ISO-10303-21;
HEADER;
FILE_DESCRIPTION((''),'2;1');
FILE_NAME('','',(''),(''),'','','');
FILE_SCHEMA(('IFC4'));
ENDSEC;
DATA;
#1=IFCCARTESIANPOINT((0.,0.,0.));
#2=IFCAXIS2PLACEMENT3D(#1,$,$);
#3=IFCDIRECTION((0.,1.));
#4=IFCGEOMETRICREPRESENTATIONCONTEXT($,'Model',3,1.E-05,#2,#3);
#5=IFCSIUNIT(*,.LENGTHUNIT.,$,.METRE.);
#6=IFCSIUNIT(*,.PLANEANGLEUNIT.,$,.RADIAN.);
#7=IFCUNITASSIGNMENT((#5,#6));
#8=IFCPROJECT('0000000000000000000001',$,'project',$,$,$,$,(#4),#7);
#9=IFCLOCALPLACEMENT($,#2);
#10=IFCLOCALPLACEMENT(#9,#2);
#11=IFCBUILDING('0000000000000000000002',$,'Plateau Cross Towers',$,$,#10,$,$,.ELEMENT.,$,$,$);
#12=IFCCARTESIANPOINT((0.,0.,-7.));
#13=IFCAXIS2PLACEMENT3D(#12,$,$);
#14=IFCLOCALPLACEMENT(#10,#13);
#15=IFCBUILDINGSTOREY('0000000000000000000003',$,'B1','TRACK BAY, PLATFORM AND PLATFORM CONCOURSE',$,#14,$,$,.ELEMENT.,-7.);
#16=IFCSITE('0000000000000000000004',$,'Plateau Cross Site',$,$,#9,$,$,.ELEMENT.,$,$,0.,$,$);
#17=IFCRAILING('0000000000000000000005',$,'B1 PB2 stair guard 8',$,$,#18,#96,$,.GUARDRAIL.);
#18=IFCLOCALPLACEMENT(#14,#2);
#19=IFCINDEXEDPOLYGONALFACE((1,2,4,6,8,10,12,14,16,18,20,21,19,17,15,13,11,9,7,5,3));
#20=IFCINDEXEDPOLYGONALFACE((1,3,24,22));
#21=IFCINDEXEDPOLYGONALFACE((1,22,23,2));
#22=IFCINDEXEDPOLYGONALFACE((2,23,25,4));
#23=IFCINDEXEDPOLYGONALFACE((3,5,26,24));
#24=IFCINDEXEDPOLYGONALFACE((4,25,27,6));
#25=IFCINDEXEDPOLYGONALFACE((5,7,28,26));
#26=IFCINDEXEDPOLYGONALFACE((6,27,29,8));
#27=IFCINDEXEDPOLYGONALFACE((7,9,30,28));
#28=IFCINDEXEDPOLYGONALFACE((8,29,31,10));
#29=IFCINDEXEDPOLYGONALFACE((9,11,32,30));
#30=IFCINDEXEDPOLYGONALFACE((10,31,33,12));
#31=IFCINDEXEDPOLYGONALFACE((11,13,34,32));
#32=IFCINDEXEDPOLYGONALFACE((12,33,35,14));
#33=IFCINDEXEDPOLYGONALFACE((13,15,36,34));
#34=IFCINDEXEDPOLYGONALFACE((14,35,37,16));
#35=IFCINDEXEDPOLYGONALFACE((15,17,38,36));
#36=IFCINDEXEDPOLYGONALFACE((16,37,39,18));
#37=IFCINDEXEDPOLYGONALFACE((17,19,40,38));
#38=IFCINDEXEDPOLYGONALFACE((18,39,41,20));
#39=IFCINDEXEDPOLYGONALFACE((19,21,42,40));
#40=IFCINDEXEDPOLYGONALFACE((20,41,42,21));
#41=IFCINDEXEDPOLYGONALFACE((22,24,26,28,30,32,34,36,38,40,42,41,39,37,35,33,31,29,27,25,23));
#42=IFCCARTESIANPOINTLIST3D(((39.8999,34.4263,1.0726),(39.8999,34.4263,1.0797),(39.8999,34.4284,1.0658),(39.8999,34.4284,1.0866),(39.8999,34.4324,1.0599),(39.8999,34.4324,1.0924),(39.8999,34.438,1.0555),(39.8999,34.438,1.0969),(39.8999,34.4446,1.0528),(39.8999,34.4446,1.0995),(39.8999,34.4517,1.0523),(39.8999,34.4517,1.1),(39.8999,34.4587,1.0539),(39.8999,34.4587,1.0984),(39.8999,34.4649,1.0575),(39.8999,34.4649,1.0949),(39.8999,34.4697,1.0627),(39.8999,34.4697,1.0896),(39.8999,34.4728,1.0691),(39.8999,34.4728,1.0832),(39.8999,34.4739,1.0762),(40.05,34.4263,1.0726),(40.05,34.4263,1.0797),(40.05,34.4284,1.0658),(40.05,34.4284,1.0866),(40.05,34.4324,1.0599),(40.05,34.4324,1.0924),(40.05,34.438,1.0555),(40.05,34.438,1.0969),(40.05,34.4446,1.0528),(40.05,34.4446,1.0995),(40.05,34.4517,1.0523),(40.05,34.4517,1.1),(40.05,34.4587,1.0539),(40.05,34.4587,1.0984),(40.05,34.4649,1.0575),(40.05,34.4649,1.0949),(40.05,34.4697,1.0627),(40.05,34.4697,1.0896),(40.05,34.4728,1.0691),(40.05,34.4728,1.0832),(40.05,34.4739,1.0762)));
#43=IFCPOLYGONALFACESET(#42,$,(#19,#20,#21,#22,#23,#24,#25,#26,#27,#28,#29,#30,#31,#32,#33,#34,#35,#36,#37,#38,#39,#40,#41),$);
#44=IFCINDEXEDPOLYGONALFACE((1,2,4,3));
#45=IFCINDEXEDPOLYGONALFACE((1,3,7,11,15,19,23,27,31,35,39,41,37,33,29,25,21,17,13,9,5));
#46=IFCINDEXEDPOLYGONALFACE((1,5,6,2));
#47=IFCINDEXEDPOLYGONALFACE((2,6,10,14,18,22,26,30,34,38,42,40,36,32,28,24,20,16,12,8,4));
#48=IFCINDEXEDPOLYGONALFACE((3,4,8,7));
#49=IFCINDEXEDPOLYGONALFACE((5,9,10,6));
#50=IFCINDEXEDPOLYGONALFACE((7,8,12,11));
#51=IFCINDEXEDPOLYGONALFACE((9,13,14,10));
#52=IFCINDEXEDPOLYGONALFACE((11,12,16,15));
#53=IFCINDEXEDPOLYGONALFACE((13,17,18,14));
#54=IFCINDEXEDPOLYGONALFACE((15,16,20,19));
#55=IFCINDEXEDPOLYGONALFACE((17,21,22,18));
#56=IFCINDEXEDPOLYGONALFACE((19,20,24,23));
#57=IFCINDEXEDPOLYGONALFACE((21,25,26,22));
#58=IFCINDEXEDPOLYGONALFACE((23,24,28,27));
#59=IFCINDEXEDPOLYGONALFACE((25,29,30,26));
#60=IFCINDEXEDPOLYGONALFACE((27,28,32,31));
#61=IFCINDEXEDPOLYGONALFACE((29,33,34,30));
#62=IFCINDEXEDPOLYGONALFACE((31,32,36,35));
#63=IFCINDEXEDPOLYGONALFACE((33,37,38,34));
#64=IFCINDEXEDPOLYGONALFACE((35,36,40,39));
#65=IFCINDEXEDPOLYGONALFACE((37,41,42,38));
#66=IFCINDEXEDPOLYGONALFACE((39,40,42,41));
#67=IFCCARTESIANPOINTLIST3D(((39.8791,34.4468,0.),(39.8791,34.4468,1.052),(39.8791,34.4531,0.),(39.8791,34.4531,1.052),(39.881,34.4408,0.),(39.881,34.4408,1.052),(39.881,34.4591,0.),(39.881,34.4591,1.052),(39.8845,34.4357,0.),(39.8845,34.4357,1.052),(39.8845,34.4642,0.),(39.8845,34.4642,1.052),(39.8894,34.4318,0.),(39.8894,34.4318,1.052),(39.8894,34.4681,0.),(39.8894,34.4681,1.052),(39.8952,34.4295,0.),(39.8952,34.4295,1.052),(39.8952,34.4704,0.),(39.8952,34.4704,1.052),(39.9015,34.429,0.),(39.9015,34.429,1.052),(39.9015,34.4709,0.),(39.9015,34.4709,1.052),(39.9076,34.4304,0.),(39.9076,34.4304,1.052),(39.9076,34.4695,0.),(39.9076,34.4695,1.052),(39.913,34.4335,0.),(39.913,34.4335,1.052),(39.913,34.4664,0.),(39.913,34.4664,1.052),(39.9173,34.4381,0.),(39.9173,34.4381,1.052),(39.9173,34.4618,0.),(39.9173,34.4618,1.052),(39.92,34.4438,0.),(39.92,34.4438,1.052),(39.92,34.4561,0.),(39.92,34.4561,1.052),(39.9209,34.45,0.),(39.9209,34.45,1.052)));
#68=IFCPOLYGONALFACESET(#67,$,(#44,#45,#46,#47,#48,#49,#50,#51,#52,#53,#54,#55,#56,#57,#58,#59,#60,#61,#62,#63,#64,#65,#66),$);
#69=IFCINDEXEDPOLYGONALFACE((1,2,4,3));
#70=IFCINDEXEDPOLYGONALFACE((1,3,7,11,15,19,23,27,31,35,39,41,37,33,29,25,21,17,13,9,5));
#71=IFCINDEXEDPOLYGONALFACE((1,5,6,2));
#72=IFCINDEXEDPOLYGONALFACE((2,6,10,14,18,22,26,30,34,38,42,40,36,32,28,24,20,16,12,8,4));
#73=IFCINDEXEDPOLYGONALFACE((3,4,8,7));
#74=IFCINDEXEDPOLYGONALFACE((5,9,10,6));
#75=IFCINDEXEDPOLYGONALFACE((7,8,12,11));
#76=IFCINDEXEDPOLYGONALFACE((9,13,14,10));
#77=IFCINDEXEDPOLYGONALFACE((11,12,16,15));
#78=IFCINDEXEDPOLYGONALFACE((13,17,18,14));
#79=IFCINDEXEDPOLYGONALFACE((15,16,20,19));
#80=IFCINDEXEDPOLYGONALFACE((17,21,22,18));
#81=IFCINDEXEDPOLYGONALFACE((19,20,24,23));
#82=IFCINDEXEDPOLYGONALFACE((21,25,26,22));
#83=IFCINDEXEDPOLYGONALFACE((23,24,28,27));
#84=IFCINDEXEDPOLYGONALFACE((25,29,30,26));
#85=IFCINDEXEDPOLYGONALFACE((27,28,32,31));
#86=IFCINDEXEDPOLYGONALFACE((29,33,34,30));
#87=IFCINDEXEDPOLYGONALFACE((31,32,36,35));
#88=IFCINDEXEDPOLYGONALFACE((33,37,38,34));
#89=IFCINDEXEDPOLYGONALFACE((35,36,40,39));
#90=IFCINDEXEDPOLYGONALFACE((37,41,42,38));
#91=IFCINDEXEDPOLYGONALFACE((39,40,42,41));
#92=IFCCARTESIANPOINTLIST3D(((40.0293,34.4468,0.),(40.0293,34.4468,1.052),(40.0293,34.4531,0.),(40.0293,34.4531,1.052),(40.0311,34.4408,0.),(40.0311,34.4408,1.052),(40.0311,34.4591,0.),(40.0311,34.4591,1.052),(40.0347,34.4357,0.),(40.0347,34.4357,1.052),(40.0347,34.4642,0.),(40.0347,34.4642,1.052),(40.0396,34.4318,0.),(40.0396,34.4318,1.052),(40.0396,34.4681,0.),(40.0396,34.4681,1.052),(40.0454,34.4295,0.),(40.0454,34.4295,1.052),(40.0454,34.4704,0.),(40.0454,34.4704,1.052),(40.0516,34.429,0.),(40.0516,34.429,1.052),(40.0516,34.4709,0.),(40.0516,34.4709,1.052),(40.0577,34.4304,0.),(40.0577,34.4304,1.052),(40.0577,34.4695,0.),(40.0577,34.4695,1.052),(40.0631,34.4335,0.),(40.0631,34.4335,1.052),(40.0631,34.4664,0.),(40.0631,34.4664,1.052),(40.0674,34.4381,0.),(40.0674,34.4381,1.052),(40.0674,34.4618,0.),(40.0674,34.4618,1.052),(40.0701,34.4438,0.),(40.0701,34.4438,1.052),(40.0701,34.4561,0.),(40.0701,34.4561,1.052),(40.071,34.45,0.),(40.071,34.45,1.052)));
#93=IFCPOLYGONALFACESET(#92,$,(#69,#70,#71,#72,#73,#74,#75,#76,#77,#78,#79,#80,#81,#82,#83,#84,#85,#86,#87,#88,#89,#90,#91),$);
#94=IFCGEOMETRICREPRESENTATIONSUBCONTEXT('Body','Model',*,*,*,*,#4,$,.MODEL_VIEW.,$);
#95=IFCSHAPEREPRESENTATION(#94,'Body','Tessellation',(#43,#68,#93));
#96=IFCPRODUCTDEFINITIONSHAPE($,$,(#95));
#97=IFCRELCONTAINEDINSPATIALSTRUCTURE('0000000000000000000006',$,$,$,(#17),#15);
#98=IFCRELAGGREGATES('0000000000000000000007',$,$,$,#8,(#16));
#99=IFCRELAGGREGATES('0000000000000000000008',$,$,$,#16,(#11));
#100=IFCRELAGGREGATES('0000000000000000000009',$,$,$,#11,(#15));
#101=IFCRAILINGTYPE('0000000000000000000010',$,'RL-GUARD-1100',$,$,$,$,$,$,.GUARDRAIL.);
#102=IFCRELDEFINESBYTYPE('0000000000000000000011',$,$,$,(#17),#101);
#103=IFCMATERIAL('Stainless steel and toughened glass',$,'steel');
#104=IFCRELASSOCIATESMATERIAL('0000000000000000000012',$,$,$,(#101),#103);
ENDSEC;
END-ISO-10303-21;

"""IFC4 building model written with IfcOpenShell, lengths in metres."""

from ifc_helpers import new_model, si_unit, direction, frame, origin, origin_2d, place, context, subcontext, project, spatial, circle, extrude, material, type_object, element, save


model = new_model("IFC4")

# Units and contexts
model_context = context("Model", 3, precision=1e-05, world=origin(), true_north=direction((0.0, 1.0)))
body_context = subcontext(model_context, "Body", "Model", "MODEL_VIEW")
ifc_project = project(units=[si_unit("LENGTHUNIT", "METRE"), si_unit("PLANEANGLEUNIT", "RADIAN")], contexts=[model_context])

# Site, building, storey
site_placement = place(None, origin())
site = spatial("IfcSite", under=ifc_project, at=site_placement, Name="Plateau Cross Site", CompositionType="ELEMENT", RefElevation=0.0)
building_placement = place(site_placement, origin())
building = spatial("IfcBuilding", under=site, at=building_placement, Name="Plateau Cross Towers", CompositionType="ELEMENT")
storey_placement = place(building_placement, frame((0.0, 0.0, -7.0)))
storey = spatial("IfcBuildingStorey", under=building, at=storey_placement, Name="B1", Description="TRACK BAY, PLATFORM AND PLATFORM CONCOURSE", CompositionType="ELEMENT", Elevation=-7.0)

# Railing
ifc_material_1 = material(Name="Stainless steel and toughened glass", Category="steel")
railing_type_1 = type_object("IfcRailingType", Name="RL-GUARD-1100", PredefinedType="GUARDRAIL", material=ifc_material_1)
railing_1_placement = place(storey_placement, frame((39.8999, 34.45, 0.0)))
element("IfcRailing", 1, at=railing_1_placement, inside=storey, type_object=railing_type_1, Name="B1 PB2 stair guard 8", PredefinedType="GUARDRAIL", context=body_context, shape_type="SweptSolid", body=[
    extrude(circle(Radius=0.0239, at=origin_2d()), frame((0.0, 0.0, 1.0762), z_axis=(1.0, 0.0, 0.0), x_axis=(0.0, 1.0, 0.0)), (0.0, 0.0, 1.0), 0.1501),
    extrude(circle(Radius=0.021, at=origin_2d()), origin(), (0.0, 0.0, 1.0), 1.052),
    extrude(circle(Radius=0.021, at=origin_2d()), frame((0.1501, 0.0, 0.0)), (0.0, 0.0, 1.0), 1.052),
])

save(model, "model.ifc")
